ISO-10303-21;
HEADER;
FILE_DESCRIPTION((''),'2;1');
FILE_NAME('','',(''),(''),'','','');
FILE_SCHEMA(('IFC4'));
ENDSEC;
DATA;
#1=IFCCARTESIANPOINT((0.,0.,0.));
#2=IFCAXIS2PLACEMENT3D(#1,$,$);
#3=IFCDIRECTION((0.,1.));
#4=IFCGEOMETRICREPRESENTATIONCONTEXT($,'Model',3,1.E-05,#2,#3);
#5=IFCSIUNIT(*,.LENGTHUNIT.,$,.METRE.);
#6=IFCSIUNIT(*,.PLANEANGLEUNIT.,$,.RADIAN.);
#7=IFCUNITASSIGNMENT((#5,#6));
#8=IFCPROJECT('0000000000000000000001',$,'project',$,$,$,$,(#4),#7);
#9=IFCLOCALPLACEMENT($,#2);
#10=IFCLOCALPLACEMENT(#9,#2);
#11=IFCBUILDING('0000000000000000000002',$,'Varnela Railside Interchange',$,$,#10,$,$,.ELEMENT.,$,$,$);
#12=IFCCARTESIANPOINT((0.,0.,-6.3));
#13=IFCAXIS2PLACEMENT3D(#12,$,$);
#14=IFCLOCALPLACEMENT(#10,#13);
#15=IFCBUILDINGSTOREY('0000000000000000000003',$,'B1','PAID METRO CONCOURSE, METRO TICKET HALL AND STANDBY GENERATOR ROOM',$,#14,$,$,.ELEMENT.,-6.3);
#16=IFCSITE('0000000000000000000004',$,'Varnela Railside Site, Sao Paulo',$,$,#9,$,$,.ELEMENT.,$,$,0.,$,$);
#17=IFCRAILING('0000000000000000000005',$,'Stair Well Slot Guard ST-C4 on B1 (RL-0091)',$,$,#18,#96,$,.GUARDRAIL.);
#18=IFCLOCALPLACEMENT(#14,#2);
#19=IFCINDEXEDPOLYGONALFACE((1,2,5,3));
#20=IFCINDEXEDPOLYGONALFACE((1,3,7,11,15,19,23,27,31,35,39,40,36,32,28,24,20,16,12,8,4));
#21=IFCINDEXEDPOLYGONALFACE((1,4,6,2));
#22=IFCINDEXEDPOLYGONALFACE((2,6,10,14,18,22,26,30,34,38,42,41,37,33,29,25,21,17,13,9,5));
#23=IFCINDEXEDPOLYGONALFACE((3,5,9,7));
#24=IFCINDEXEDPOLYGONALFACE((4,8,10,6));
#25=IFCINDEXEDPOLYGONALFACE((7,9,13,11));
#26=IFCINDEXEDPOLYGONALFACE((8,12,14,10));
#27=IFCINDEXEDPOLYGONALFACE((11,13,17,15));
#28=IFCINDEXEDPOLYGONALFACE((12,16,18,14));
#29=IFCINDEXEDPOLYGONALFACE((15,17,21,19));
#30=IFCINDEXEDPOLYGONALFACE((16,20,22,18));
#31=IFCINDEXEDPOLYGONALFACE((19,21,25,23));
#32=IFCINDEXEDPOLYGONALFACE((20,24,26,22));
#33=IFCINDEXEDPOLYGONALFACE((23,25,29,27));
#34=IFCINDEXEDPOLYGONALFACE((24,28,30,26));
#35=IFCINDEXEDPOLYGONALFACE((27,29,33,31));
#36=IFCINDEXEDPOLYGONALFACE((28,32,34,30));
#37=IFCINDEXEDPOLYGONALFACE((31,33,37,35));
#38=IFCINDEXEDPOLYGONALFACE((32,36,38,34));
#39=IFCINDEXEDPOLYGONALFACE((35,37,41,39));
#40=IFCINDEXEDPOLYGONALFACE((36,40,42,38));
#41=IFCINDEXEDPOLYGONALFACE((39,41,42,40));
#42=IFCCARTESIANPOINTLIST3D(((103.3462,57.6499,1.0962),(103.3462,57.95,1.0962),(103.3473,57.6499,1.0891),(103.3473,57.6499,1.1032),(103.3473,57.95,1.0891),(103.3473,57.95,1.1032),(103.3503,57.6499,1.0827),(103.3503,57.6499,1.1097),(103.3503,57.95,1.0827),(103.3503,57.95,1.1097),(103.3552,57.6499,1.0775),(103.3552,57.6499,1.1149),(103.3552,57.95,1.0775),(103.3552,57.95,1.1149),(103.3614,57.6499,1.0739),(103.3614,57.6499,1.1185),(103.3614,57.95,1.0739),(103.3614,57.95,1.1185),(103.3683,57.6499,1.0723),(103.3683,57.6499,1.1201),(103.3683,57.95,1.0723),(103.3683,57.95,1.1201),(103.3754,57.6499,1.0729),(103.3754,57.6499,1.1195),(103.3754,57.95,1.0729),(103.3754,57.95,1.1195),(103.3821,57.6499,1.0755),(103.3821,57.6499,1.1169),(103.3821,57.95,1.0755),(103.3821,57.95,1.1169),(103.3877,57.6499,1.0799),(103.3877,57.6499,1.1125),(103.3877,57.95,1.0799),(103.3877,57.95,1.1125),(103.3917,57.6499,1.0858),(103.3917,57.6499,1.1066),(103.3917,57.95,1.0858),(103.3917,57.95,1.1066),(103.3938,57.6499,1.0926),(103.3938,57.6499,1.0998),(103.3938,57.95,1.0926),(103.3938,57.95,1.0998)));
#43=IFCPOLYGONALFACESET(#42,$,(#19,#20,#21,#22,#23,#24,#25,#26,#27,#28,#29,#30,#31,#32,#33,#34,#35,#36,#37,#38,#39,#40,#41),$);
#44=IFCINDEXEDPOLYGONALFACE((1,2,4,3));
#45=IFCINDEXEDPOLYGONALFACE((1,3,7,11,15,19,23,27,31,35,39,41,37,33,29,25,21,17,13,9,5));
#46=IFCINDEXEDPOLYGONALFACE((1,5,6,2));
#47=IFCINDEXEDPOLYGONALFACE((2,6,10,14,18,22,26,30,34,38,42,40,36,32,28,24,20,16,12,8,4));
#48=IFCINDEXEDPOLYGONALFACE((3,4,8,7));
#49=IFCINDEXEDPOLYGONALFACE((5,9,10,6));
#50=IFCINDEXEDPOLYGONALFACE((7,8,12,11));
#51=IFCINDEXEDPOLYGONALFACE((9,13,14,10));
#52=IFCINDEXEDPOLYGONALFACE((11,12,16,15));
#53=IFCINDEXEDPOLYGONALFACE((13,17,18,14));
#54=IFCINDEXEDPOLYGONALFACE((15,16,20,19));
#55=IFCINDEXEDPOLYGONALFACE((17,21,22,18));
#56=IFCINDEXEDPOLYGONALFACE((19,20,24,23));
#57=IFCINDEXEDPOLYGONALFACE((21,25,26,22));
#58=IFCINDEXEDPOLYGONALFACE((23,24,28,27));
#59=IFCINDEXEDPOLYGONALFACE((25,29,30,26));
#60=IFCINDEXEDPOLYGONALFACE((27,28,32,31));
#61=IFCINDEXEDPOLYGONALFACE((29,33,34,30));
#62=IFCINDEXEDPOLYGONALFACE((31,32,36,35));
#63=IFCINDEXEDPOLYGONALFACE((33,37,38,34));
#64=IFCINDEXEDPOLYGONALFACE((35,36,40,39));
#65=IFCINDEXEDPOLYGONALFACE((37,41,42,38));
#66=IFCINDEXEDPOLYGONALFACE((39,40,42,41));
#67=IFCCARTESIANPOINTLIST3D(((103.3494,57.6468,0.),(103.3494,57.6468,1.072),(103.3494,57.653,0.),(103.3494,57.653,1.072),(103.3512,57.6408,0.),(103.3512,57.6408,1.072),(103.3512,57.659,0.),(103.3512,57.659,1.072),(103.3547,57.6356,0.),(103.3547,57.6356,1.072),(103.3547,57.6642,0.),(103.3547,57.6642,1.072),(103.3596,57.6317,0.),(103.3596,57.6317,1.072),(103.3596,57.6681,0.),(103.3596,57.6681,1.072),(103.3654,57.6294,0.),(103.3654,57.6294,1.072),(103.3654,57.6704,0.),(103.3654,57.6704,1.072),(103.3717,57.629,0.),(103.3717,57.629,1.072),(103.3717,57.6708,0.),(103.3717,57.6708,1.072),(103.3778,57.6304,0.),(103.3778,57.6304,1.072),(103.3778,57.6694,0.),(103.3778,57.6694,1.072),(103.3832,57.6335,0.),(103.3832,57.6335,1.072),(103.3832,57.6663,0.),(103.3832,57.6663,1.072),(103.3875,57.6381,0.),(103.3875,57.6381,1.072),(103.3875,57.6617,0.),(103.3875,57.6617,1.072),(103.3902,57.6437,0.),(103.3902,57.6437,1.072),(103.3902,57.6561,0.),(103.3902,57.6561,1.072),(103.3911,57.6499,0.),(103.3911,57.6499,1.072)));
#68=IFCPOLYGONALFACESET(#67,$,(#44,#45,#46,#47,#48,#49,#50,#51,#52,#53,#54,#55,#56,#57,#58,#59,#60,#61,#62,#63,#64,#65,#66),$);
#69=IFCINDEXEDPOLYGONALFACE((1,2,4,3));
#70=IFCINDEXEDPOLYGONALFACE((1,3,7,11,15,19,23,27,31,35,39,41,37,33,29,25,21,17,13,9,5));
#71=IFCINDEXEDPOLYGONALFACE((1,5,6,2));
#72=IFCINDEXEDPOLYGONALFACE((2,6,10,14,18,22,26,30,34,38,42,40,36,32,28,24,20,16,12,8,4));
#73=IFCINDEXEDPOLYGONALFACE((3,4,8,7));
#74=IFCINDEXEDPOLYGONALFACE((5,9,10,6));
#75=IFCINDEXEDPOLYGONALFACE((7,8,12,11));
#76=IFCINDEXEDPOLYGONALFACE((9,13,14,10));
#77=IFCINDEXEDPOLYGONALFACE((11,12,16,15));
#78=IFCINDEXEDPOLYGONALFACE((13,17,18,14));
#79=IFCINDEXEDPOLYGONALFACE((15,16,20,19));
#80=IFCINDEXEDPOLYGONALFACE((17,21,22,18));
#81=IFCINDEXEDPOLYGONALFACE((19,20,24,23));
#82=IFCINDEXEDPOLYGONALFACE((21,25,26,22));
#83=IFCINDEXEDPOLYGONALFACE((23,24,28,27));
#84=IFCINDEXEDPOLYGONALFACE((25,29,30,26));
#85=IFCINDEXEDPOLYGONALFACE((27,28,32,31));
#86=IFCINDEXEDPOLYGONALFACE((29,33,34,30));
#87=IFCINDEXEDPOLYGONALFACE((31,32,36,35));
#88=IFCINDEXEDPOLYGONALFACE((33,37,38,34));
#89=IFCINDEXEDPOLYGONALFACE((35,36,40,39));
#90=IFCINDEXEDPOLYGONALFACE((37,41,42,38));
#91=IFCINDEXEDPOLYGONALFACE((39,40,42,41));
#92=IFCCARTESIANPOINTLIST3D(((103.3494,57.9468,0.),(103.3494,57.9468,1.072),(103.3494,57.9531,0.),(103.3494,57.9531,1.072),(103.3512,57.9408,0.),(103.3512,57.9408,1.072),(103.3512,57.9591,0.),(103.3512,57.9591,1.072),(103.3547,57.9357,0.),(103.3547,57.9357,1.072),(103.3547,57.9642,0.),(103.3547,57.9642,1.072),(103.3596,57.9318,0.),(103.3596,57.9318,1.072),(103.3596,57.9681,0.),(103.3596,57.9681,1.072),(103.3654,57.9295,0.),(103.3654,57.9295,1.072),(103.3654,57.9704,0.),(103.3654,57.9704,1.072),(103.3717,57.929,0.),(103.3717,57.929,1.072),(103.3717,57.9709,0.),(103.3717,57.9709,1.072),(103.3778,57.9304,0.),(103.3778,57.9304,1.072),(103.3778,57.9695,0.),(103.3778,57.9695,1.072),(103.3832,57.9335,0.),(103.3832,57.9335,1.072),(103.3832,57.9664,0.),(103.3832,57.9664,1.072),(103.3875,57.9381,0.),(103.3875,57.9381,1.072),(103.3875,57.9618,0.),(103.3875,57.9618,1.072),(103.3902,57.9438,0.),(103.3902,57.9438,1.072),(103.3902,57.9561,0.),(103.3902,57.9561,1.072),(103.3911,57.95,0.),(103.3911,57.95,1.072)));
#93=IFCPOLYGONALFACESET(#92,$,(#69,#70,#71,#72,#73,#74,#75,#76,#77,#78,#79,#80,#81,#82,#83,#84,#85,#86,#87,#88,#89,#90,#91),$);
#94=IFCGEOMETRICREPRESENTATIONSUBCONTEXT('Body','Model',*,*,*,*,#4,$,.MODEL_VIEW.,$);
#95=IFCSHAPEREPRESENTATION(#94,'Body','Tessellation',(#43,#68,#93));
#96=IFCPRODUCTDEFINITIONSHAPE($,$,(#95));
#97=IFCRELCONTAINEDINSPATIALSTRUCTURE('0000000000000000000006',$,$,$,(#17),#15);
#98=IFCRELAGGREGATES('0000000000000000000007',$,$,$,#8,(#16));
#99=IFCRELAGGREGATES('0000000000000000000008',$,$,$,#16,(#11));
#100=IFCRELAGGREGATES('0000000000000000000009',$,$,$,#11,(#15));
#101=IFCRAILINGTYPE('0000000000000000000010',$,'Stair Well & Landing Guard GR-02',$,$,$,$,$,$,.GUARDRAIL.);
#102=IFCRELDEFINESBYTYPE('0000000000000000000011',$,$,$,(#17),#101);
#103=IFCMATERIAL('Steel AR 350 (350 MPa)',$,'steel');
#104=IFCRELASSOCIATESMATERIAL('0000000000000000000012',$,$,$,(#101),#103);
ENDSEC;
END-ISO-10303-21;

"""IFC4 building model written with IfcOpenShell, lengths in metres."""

from ifc_helpers import new_model, si_unit, direction, frame, origin, origin_2d, place, context, subcontext, project, spatial, circle, extrude, material, type_object, element, save


model = new_model("IFC4")

# Units and contexts
model_context = context("Model", 3, precision=1e-05, world=origin(), true_north=direction((0.0, 1.0)))
body_context = subcontext(model_context, "Body", "Model", "MODEL_VIEW")
ifc_project = project(units=[si_unit("LENGTHUNIT", "METRE"), si_unit("PLANEANGLEUNIT", "RADIAN")], contexts=[model_context])

# Site, building, storey
site_placement = place(None, origin())
site = spatial("IfcSite", under=ifc_project, at=site_placement, Name="Varnela Railside Site, Sao Paulo", CompositionType="ELEMENT", RefElevation=0.0)
building_placement = place(site_placement, origin())
building = spatial("IfcBuilding", under=site, at=building_placement, Name="Varnela Railside Interchange", CompositionType="ELEMENT")
storey_placement = place(building_placement, frame((0.0, 0.0, -6.3)))
storey = spatial("IfcBuildingStorey", under=building, at=storey_placement, Name="B1", Description="PAID METRO CONCOURSE, METRO TICKET HALL AND STANDBY GENERATOR ROOM", CompositionType="ELEMENT", Elevation=-6.3)

# Shared definitions
ifc_material_1 = material(Name="Steel AR 350 (350 MPa)", Category="steel")

# Railing
railing_type_1 = type_object("IfcRailingType", Name="Stair Well & Landing Guard GR-02", PredefinedType="GUARDRAIL", material=ifc_material_1)
railing_1_placement = place(storey_placement, frame((103.3701, 57.6499, 0.0)))
element("IfcRailing", 1, at=railing_1_placement, inside=storey, type_object=railing_type_1, Name="Stair Well Slot Guard ST-C4 on B1 (RL-0091)", PredefinedType="GUARDRAIL", context=body_context, shape_type="SweptSolid", body=[
    extrude(circle(Radius=0.0239, at=origin_2d()), frame((0.0, 0.0, 1.0962), z_axis=(0.0, 1.0, 0.0), x_axis=(-1.0, 0.0, 0.0)), (0.0, 0.0, 1.0), 0.3),
    extrude(circle(Radius=0.021, at=origin_2d()), origin(), (0.0, 0.0, 1.0), 1.072),
    extrude(circle(Radius=0.021, at=origin_2d()), frame((0.0, 0.3, 0.0)), (0.0, 0.0, 1.0), 1.072),
])

save(model, "model.ifc")
